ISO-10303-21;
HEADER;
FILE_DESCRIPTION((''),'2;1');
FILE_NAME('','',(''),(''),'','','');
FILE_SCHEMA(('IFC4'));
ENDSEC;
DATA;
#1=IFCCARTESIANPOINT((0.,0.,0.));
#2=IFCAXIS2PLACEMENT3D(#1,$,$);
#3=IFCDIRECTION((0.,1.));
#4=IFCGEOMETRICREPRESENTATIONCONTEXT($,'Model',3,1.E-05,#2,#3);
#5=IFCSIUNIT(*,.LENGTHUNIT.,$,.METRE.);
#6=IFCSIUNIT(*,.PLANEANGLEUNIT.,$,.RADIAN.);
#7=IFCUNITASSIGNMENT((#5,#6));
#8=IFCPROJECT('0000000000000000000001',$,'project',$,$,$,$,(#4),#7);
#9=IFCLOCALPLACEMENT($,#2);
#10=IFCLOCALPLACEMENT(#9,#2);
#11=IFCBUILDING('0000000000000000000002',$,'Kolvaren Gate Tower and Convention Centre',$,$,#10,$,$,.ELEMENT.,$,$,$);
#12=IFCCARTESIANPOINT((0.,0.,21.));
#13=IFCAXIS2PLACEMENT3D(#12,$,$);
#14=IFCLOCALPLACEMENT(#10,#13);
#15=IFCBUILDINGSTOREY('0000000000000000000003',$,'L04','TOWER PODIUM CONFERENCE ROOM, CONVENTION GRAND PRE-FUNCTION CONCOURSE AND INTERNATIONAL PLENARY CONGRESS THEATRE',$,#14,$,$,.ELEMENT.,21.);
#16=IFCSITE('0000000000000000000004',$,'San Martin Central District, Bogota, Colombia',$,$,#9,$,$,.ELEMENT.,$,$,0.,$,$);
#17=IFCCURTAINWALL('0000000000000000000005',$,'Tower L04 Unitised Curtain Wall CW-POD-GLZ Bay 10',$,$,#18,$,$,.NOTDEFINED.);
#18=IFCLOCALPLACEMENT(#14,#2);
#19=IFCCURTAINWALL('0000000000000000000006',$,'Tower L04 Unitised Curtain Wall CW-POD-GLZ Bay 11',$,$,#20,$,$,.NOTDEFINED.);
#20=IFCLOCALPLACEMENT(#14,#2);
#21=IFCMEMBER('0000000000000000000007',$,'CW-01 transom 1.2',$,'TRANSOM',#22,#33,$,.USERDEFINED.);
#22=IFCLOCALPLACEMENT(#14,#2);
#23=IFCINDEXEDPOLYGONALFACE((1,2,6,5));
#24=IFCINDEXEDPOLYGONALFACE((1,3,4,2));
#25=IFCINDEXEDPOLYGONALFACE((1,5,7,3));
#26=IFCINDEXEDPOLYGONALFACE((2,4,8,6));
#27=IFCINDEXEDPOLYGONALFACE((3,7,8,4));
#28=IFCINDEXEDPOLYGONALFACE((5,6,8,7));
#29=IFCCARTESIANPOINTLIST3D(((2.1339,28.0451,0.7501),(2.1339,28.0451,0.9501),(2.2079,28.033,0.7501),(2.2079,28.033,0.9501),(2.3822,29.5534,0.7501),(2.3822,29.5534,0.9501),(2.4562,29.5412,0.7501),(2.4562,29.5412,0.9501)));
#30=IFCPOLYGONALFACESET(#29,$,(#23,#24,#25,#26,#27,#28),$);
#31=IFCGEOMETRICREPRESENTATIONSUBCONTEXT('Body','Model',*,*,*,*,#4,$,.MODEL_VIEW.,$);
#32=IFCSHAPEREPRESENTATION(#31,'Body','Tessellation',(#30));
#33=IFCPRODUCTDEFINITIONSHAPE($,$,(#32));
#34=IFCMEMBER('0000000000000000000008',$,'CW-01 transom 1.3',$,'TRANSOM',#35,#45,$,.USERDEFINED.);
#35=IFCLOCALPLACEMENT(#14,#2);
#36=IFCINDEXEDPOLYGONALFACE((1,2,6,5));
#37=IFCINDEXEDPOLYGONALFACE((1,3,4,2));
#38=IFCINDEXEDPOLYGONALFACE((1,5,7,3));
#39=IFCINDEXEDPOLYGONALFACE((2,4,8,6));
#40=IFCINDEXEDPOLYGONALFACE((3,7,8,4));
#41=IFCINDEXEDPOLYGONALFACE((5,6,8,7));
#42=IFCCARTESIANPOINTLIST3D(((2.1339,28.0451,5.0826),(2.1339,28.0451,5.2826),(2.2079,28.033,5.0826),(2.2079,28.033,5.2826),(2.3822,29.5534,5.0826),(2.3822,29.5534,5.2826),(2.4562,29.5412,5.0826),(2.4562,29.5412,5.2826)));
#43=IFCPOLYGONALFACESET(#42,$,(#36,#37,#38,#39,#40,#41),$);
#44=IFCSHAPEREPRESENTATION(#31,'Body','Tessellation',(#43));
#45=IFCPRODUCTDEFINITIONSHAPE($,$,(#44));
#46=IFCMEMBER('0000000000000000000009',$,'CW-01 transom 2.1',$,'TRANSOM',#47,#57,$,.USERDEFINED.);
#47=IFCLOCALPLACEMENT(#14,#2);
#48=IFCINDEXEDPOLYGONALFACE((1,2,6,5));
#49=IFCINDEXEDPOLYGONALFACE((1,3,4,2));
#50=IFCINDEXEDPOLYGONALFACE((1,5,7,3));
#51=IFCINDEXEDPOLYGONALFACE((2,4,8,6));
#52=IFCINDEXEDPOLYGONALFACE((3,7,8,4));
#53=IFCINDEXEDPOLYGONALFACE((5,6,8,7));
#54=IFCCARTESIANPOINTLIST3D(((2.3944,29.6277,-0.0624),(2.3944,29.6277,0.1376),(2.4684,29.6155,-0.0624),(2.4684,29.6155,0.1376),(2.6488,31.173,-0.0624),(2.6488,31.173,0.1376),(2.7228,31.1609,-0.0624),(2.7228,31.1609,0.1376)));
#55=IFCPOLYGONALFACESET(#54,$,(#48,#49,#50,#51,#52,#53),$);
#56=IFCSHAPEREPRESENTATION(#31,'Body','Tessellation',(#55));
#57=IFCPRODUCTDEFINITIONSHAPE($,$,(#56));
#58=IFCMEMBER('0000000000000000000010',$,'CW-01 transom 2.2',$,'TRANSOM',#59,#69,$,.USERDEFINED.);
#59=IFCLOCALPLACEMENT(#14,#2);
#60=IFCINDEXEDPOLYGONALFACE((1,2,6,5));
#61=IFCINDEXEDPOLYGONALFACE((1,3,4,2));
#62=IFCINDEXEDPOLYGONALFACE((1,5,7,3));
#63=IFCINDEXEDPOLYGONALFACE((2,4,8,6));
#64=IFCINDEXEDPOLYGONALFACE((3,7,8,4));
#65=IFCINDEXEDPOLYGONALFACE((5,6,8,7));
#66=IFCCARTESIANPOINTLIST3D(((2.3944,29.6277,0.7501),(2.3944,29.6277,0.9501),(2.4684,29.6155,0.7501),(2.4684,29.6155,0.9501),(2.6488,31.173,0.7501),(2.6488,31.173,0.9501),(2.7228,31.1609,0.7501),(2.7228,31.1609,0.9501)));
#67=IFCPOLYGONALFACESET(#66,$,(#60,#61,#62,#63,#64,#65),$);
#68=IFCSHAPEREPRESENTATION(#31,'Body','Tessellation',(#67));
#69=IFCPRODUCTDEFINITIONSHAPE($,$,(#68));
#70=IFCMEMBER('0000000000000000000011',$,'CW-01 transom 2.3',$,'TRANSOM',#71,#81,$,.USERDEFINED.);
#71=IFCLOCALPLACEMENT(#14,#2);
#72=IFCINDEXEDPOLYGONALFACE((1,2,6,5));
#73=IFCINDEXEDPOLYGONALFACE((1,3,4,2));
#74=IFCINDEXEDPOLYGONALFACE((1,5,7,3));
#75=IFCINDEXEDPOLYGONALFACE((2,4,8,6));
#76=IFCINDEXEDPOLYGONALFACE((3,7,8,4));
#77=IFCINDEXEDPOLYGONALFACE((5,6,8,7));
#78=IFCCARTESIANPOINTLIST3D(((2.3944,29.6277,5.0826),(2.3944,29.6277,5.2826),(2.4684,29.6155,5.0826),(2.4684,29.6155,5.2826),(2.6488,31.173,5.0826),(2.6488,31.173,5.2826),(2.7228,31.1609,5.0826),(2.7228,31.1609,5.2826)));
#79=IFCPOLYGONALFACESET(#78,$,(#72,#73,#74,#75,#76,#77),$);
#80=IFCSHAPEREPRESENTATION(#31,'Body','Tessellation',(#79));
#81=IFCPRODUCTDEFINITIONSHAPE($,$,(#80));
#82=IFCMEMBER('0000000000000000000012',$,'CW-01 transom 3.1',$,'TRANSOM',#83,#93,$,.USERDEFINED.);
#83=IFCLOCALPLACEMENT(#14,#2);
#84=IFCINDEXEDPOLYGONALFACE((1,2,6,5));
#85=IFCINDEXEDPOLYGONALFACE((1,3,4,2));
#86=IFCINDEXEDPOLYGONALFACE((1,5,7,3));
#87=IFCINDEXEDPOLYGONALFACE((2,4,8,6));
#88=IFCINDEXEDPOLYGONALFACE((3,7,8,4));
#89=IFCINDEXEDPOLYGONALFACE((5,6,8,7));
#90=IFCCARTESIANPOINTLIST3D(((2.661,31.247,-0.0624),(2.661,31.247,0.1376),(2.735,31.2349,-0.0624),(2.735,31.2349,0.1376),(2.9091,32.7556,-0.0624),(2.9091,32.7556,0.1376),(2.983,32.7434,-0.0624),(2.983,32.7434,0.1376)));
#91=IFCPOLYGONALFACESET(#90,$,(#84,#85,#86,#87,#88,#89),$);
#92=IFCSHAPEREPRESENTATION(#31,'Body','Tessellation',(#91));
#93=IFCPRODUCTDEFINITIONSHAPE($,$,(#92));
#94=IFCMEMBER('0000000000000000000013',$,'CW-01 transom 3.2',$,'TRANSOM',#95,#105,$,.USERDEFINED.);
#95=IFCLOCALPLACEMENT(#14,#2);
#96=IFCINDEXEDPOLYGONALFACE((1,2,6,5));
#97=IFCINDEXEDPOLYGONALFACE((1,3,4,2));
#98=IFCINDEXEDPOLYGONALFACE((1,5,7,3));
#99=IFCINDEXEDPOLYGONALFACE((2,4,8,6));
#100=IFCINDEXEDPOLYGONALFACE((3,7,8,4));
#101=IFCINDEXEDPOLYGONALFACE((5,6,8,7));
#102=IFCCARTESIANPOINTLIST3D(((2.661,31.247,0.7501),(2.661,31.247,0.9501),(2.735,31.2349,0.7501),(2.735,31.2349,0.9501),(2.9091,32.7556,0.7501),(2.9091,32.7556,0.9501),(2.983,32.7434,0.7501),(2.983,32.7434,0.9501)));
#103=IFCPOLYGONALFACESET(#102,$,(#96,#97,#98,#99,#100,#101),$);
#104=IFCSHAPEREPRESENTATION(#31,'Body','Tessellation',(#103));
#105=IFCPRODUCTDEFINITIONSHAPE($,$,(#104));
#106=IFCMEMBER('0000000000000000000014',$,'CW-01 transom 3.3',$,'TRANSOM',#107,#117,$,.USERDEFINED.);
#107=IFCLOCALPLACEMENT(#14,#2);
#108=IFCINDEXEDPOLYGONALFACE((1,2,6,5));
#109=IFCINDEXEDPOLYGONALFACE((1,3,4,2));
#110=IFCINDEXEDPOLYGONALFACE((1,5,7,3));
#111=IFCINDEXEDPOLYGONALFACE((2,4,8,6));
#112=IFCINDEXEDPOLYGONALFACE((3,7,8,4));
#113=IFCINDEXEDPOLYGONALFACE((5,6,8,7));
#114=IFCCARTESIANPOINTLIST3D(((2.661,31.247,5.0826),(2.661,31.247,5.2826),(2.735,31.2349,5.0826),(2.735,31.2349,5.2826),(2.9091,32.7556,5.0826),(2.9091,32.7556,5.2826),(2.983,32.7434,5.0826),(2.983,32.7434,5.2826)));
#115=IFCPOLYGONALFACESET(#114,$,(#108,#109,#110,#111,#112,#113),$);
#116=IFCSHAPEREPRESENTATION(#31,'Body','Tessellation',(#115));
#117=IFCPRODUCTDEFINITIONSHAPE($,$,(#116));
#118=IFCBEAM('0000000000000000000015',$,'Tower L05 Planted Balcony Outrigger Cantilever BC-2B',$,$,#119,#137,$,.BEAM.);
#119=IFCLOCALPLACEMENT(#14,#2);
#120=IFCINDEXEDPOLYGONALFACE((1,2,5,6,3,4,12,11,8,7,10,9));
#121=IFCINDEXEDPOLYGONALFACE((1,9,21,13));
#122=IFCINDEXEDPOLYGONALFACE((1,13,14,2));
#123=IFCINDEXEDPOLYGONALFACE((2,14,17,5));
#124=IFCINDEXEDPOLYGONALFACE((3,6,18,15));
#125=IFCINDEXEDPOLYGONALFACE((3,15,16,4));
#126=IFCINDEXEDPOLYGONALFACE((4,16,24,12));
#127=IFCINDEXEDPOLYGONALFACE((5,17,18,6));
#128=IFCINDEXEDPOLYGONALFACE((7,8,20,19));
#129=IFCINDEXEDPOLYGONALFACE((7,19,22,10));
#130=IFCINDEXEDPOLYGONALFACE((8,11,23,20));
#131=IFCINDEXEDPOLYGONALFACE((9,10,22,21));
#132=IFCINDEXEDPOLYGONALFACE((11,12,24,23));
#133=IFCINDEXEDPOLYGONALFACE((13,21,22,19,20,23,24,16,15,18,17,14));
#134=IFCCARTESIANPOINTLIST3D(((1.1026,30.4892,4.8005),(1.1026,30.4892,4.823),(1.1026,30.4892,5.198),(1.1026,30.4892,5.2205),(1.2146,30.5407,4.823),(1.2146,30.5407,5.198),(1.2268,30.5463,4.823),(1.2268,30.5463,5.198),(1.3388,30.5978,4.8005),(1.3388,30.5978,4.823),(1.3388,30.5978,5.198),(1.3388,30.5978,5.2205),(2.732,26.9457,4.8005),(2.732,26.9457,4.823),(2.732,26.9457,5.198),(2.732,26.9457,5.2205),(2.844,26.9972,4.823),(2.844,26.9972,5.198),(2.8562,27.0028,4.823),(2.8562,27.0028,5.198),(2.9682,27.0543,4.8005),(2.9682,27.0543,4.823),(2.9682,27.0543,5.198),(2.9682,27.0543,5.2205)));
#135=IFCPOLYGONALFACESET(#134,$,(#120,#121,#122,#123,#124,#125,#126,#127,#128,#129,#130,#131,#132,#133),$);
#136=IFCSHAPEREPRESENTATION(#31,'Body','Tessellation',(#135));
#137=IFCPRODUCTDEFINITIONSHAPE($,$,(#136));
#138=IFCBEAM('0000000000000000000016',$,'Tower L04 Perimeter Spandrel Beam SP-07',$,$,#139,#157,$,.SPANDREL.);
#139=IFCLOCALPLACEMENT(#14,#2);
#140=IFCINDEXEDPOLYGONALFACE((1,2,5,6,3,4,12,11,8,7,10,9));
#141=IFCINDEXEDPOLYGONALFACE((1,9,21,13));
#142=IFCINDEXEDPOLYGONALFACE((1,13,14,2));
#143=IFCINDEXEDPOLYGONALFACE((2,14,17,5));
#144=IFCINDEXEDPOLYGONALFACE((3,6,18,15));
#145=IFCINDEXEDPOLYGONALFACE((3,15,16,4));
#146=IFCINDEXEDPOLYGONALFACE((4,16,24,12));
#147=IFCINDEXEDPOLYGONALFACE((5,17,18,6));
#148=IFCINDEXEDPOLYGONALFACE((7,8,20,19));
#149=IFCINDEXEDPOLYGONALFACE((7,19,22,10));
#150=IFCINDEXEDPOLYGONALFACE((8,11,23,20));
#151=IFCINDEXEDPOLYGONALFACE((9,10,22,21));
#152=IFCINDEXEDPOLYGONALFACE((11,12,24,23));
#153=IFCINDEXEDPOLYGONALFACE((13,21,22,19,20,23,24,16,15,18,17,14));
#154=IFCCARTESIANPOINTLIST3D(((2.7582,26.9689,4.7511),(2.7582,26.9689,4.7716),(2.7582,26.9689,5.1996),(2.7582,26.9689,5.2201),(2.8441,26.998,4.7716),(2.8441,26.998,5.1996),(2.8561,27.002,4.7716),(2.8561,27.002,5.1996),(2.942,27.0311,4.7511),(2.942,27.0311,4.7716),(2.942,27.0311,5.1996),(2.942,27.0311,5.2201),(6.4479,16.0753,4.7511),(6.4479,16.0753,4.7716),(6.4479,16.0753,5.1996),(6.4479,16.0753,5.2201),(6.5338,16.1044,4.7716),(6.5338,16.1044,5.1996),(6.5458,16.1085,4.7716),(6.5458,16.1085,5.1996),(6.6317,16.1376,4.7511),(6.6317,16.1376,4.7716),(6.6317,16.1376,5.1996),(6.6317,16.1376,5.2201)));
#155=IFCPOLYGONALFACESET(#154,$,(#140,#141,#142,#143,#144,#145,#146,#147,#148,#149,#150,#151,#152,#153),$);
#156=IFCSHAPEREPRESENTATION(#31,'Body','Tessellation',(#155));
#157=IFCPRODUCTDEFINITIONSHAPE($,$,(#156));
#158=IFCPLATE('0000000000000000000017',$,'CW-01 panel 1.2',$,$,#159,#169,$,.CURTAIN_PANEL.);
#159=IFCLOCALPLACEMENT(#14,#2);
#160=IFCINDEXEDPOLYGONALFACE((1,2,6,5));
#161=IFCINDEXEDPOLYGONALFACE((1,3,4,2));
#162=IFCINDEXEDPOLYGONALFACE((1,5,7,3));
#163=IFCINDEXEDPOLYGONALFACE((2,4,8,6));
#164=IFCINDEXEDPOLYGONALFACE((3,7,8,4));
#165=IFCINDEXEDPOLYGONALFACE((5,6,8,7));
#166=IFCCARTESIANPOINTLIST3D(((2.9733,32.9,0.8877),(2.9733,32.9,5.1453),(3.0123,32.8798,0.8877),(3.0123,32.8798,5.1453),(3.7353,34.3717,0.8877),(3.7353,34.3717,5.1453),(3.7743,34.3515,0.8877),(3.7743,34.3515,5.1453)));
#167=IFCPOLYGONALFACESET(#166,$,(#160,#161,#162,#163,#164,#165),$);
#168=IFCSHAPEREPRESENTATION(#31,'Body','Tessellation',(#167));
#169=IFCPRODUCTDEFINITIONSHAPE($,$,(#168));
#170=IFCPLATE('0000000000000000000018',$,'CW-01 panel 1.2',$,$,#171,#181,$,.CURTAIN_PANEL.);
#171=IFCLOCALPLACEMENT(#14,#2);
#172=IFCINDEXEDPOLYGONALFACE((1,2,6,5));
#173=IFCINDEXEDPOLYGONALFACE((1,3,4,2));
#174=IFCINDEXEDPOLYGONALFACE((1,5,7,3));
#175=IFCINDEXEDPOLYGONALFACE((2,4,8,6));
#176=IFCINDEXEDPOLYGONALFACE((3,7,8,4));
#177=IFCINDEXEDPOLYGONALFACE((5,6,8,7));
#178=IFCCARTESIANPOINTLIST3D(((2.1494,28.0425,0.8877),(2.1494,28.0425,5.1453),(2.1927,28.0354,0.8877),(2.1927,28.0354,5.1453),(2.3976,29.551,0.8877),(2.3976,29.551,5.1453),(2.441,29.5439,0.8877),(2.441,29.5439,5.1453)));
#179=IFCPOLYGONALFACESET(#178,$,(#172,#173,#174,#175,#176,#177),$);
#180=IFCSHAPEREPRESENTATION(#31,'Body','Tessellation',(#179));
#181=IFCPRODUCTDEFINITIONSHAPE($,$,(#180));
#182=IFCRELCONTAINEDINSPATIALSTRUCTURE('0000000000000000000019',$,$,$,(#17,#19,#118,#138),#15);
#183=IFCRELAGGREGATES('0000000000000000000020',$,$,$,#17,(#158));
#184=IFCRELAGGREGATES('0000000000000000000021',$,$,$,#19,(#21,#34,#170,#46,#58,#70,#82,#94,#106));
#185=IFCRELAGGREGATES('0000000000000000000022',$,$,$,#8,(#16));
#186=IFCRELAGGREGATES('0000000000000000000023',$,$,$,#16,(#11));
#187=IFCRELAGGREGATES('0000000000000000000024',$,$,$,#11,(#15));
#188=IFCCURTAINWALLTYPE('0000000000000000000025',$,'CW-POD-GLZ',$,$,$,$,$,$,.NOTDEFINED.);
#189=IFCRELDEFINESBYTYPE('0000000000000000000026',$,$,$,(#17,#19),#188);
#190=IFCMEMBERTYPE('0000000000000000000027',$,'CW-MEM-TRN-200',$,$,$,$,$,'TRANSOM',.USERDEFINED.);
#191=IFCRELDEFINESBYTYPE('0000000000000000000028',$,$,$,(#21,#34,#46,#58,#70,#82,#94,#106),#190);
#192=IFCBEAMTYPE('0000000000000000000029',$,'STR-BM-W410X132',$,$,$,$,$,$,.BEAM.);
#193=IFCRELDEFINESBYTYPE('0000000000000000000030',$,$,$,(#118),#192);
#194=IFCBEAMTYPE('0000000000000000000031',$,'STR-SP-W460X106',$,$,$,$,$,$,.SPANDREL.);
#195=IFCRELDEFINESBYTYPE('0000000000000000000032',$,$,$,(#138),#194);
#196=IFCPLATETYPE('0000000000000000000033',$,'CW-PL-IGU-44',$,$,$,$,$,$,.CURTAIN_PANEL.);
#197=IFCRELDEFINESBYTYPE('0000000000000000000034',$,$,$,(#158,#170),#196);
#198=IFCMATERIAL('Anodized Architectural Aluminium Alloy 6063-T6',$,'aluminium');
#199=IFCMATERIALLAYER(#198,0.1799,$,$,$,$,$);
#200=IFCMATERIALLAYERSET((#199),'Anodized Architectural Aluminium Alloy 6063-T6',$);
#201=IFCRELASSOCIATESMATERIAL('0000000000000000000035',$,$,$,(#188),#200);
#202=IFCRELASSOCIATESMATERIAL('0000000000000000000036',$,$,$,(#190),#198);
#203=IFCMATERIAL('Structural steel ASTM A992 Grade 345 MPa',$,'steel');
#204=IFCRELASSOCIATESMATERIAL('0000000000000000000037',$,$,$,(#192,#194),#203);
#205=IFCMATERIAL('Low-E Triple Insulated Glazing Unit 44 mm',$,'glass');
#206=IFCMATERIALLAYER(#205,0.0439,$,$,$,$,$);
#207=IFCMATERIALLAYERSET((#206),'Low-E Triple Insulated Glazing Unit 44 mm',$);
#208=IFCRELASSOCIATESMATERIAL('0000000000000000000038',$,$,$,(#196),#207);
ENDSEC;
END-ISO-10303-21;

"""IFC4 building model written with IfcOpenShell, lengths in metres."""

from ifc_helpers import new_model, si_unit, direction, frame, origin, origin_2d, place, context, subcontext, project, spatial, rectangle, i_section, extrude, material, layer, layer_set, material_profile, profile_set, type_object, element, aggregate, save


model = new_model("IFC4")

# Units and contexts
model_context = context("Model", 3, precision=1e-05, world=origin(), true_north=direction((0.0, 1.0)))
body_context = subcontext(model_context, "Body", "Model", "MODEL_VIEW")
ifc_project = project(units=[si_unit("LENGTHUNIT", "METRE"), si_unit("PLANEANGLEUNIT", "RADIAN")], contexts=[model_context])

# Site, building, storey
site_placement = place(None, origin())
site = spatial("IfcSite", under=ifc_project, at=site_placement, Name="San Martin Central District, Bogota, Colombia", CompositionType="ELEMENT", RefElevation=0.0)
building_placement = place(site_placement, origin())
building = spatial("IfcBuilding", under=site, at=building_placement, Name="Kolvaren Gate Tower and Convention Centre", CompositionType="ELEMENT")
storey_placement = place(building_placement, frame((0.0, 0.0, 21.0)))
storey = spatial("IfcBuildingStorey", under=building, at=storey_placement, Name="L04", Description="TOWER PODIUM CONFERENCE ROOM, CONVENTION GRAND PRE-FUNCTION CONCOURSE AND INTERNATIONAL PLENARY CONGRESS THEATRE", CompositionType="ELEMENT", Elevation=21.0)

# Curtain walls
ifc_material_1 = material(Name="Anodized Architectural Aluminium Alloy 6063-T6", Category="aluminium")
ifc_layer_1 = layer(ifc_material_1, 0.1799)
ifc_layer_set_1 = layer_set([ifc_layer_1], Name="Anodized Architectural Aluminium Alloy 6063-T6")
curtain_wall_type = type_object("IfcCurtainWallType", Name="CW-POD-GLZ", PredefinedType="NOTDEFINED", material=ifc_layer_set_1)
curtain_wall_1_placement = place(storey_placement, origin())
curtain_wall_1 = element("IfcCurtainWall", 1, at=curtain_wall_1_placement, inside=storey, type_object=curtain_wall_type, Name="Tower L04 Unitised Curtain Wall CW-POD-GLZ Bay 10", PredefinedType="NOTDEFINED")
curtain_wall_2_placement = place(storey_placement, origin())
curtain_wall_2 = element("IfcCurtainWall", 2, at=curtain_wall_2_placement, inside=storey, type_object=curtain_wall_type, Name="Tower L04 Unitised Curtain Wall CW-POD-GLZ Bay 11", PredefinedType="NOTDEFINED")

# Members
ifc_material_profile_1 = material_profile(ifc_material_1, rectangle(XDim=0.075, YDim=0.2, at=origin_2d()), Name="CW-MEM-TRN-200")
ifc_profile_set_1 = profile_set([ifc_material_profile_1], Name="Anodized Architectural Aluminium Alloy 6063-T6")
member_type_1 = type_object("IfcMemberType", Name="CW-MEM-TRN-200", ElementType="TRANSOM", PredefinedType="USERDEFINED", material=ifc_profile_set_1)
member_1_placement = place(storey_placement, frame((2.1709, 28.0391, 0.8501), z_axis=(0.16243, 0.98672, 0.0), x_axis=(-0.98672, 0.16243, 0.0)))
member_1 = element("IfcMember", 3, at=member_1_placement, type_object=member_type_1, Name="CW-01 transom 1.2", ObjectType="TRANSOM", PredefinedType="USERDEFINED", context=body_context, shape_type="SweptSolid", body=[
    extrude(rectangle(XDim=0.075, YDim=0.2, at=origin_2d()), origin(), (0.0, 0.0, 1.0), 1.5286),
])
member_2_placement = place(storey_placement, frame((2.1709, 28.0391, 5.1826), z_axis=(0.16243, 0.98672, 0.0), x_axis=(-0.98672, 0.16243, 0.0)))
member_2 = element("IfcMember", 4, at=member_2_placement, type_object=member_type_1, Name="CW-01 transom 1.3", ObjectType="TRANSOM", PredefinedType="USERDEFINED", context=body_context, shape_type="SweptSolid", body=[
    extrude(rectangle(XDim=0.075, YDim=0.2, at=origin_2d()), origin(), (0.0, 0.0, 1.0), 1.5286),
])
member_3_placement = place(storey_placement, frame((2.4314, 29.6216, 0.0376), z_axis=(0.162427, 0.986721, 0.0), x_axis=(-0.986721, 0.162427, 0.0)))
member_3 = element("IfcMember", 5, at=member_3_placement, type_object=member_type_1, Name="CW-01 transom 2.1", ObjectType="TRANSOM", PredefinedType="USERDEFINED", context=body_context, shape_type="SweptSolid", body=[
    extrude(rectangle(XDim=0.075, YDim=0.2, at=origin_2d()), origin(), (0.0, 0.0, 1.0), 1.5662),
])
member_4_placement = place(storey_placement, frame((2.4314, 29.6216, 0.8501), z_axis=(0.162427, 0.986721, 0.0), x_axis=(-0.986721, 0.162427, 0.0)))
member_4 = element("IfcMember", 6, at=member_4_placement, type_object=member_type_1, Name="CW-01 transom 2.2", ObjectType="TRANSOM", PredefinedType="USERDEFINED", context=body_context, shape_type="SweptSolid", body=[
    extrude(rectangle(XDim=0.075, YDim=0.2, at=origin_2d()), origin(), (0.0, 0.0, 1.0), 1.5662),
])
member_5_placement = place(storey_placement, frame((2.4314, 29.6216, 5.1826), z_axis=(0.162427, 0.986721, 0.0), x_axis=(-0.986721, 0.162427, 0.0)))
member_5 = element("IfcMember", 7, at=member_5_placement, type_object=member_type_1, Name="CW-01 transom 2.3", ObjectType="TRANSOM", PredefinedType="USERDEFINED", context=body_context, shape_type="SweptSolid", body=[
    extrude(rectangle(XDim=0.075, YDim=0.2, at=origin_2d()), origin(), (0.0, 0.0, 1.0), 1.5662),
])
member_6_placement = place(storey_placement, frame((2.698, 31.241, 0.0376), z_axis=(0.162249, 0.98675, 0.0), x_axis=(-0.98675, 0.162249, 0.0)))
member_6 = element("IfcMember", 8, at=member_6_placement, type_object=member_type_1, Name="CW-01 transom 3.1", ObjectType="TRANSOM", PredefinedType="USERDEFINED", context=body_context, shape_type="SweptSolid", body=[
    extrude(rectangle(XDim=0.075, YDim=0.2, at=origin_2d()), origin(), (0.0, 0.0, 1.0), 1.5288),
])
member_7_placement = place(storey_placement, frame((2.698, 31.241, 0.8501), z_axis=(0.162249, 0.98675, 0.0), x_axis=(-0.98675, 0.162249, 0.0)))
member_7 = element("IfcMember", 9, at=member_7_placement, type_object=member_type_1, Name="CW-01 transom 3.2", ObjectType="TRANSOM", PredefinedType="USERDEFINED", context=body_context, shape_type="SweptSolid", body=[
    extrude(rectangle(XDim=0.075, YDim=0.2, at=origin_2d()), origin(), (0.0, 0.0, 1.0), 1.5288),
])
member_8_placement = place(storey_placement, frame((2.698, 31.241, 5.1826), z_axis=(0.162249, 0.98675, 0.0), x_axis=(-0.98675, 0.162249, 0.0)))
member_8 = element("IfcMember", 10, at=member_8_placement, type_object=member_type_1, Name="CW-01 transom 3.3", ObjectType="TRANSOM", PredefinedType="USERDEFINED", context=body_context, shape_type="SweptSolid", body=[
    extrude(rectangle(XDim=0.075, YDim=0.2, at=origin_2d()), origin(), (0.0, 0.0, 1.0), 1.5288),
])

# Beams
ifc_material_2 = material(Name="Structural steel ASTM A992 Grade 345 MPa", Category="steel")
ifc_material_profile_2 = material_profile(ifc_material_2, i_section(OverallWidth=0.26, OverallDepth=0.4199, WebThickness=0.0134, FlangeThickness=0.0225, at=origin_2d()), Name="W410X132")
ifc_profile_set_2 = profile_set([ifc_material_profile_2], Name="Structural steel ASTM A992 Grade 345 MPa")
beam_type_1 = type_object("IfcBeamType", Name="STR-BM-W410X132", PredefinedType="BEAM", material=ifc_profile_set_2)
beam_1_placement = place(storey_placement, frame((2.8501, 27.0, 5.0105), z_axis=(-0.41778, 0.908548, 0.0), x_axis=(-0.908548, -0.41778, 0.0)))
element("IfcBeam", 11, at=beam_1_placement, inside=storey, type_object=beam_type_1, Name="Tower L05 Planted Balcony Outrigger Cantilever BC-2B", PredefinedType="BEAM", context=body_context, shape_type="SweptSolid", body=[
    extrude(i_section(OverallWidth=0.26, OverallDepth=0.4199, WebThickness=0.0134, FlangeThickness=0.0225, at=origin_2d()), origin(), (0.0, 0.0, 1.0), 3.9001),
])
ifc_material_profile_3 = material_profile(ifc_material_2, i_section(OverallWidth=0.1941, OverallDepth=0.469, WebThickness=0.0127, FlangeThickness=0.0205, at=origin_2d()), Name="W460X106")
ifc_profile_set_3 = profile_set([ifc_material_profile_3], Name="Structural steel ASTM A992 Grade 345 MPa")
beam_type_2 = type_object("IfcBeamType", Name="STR-SP-W460X106", PredefinedType="SPANDREL", material=ifc_profile_set_3)
beam_2_placement = place(storey_placement, frame((2.8501, 27.0, 4.9856), z_axis=(0.320803, -0.947146, 0.0), x_axis=(0.947146, 0.320803, 0.0)))
element("IfcBeam", 12, at=beam_2_placement, inside=storey, type_object=beam_type_2, Name="Tower L04 Perimeter Spandrel Beam SP-07", PredefinedType="SPANDREL", context=body_context, shape_type="SweptSolid", body=[
    extrude(i_section(OverallWidth=0.1941, OverallDepth=0.469, WebThickness=0.0127, FlangeThickness=0.0205, at=origin_2d()), origin(), (0.0, 0.0, 1.0), 11.5015),
])

# Plates
ifc_material_3 = material(Name="Low-E Triple Insulated Glazing Unit 44 mm", Category="glass")
ifc_layer_2 = layer(ifc_material_3, 0.0439)
ifc_layer_set_2 = layer_set([ifc_layer_2], Name="Low-E Triple Insulated Glazing Unit 44 mm")
plate_type_1 = type_object("IfcPlateType", Name="CW-PL-IGU-44", PredefinedType="CURTAIN_PANEL", material=ifc_layer_set_2)
plate_1_placement = place(storey_placement, frame((3.3738, 33.6257, 0.8877), z_axis=(0.0, 0.0, 1.0), x_axis=(0.459789, 0.888028, 0.0)))
plate_1 = element("IfcPlate", 13, at=plate_1_placement, type_object=plate_type_1, Name="CW-01 panel 1.2", PredefinedType="CURTAIN_PANEL", context=body_context, shape_type="SweptSolid", body=[
    extrude(rectangle(XDim=1.6572, YDim=0.0439, at=origin_2d()), origin(), (0.0, 0.0, 1.0), 4.2576),
])
plate_2_placement = place(storey_placement, frame((2.2952, 28.7932, 0.8877), z_axis=(0.0, 0.0, 1.0), x_axis=(0.162376, 0.986729, 0.0)))
plate_2 = element("IfcPlate", 14, at=plate_2_placement, type_object=plate_type_1, Name="CW-01 panel 1.2", PredefinedType="CURTAIN_PANEL", context=body_context, shape_type="SweptSolid", body=[
    extrude(rectangle(XDim=1.5288, YDim=0.0439, at=origin_2d()), origin(), (0.0, 0.0, 1.0), 4.2576),
])
aggregate(curtain_wall_1, [plate_1])
aggregate(curtain_wall_2, [member_1, member_2, plate_2, member_3, member_4, member_5, member_6, member_7, member_8])

save(model, "model.ifc")
